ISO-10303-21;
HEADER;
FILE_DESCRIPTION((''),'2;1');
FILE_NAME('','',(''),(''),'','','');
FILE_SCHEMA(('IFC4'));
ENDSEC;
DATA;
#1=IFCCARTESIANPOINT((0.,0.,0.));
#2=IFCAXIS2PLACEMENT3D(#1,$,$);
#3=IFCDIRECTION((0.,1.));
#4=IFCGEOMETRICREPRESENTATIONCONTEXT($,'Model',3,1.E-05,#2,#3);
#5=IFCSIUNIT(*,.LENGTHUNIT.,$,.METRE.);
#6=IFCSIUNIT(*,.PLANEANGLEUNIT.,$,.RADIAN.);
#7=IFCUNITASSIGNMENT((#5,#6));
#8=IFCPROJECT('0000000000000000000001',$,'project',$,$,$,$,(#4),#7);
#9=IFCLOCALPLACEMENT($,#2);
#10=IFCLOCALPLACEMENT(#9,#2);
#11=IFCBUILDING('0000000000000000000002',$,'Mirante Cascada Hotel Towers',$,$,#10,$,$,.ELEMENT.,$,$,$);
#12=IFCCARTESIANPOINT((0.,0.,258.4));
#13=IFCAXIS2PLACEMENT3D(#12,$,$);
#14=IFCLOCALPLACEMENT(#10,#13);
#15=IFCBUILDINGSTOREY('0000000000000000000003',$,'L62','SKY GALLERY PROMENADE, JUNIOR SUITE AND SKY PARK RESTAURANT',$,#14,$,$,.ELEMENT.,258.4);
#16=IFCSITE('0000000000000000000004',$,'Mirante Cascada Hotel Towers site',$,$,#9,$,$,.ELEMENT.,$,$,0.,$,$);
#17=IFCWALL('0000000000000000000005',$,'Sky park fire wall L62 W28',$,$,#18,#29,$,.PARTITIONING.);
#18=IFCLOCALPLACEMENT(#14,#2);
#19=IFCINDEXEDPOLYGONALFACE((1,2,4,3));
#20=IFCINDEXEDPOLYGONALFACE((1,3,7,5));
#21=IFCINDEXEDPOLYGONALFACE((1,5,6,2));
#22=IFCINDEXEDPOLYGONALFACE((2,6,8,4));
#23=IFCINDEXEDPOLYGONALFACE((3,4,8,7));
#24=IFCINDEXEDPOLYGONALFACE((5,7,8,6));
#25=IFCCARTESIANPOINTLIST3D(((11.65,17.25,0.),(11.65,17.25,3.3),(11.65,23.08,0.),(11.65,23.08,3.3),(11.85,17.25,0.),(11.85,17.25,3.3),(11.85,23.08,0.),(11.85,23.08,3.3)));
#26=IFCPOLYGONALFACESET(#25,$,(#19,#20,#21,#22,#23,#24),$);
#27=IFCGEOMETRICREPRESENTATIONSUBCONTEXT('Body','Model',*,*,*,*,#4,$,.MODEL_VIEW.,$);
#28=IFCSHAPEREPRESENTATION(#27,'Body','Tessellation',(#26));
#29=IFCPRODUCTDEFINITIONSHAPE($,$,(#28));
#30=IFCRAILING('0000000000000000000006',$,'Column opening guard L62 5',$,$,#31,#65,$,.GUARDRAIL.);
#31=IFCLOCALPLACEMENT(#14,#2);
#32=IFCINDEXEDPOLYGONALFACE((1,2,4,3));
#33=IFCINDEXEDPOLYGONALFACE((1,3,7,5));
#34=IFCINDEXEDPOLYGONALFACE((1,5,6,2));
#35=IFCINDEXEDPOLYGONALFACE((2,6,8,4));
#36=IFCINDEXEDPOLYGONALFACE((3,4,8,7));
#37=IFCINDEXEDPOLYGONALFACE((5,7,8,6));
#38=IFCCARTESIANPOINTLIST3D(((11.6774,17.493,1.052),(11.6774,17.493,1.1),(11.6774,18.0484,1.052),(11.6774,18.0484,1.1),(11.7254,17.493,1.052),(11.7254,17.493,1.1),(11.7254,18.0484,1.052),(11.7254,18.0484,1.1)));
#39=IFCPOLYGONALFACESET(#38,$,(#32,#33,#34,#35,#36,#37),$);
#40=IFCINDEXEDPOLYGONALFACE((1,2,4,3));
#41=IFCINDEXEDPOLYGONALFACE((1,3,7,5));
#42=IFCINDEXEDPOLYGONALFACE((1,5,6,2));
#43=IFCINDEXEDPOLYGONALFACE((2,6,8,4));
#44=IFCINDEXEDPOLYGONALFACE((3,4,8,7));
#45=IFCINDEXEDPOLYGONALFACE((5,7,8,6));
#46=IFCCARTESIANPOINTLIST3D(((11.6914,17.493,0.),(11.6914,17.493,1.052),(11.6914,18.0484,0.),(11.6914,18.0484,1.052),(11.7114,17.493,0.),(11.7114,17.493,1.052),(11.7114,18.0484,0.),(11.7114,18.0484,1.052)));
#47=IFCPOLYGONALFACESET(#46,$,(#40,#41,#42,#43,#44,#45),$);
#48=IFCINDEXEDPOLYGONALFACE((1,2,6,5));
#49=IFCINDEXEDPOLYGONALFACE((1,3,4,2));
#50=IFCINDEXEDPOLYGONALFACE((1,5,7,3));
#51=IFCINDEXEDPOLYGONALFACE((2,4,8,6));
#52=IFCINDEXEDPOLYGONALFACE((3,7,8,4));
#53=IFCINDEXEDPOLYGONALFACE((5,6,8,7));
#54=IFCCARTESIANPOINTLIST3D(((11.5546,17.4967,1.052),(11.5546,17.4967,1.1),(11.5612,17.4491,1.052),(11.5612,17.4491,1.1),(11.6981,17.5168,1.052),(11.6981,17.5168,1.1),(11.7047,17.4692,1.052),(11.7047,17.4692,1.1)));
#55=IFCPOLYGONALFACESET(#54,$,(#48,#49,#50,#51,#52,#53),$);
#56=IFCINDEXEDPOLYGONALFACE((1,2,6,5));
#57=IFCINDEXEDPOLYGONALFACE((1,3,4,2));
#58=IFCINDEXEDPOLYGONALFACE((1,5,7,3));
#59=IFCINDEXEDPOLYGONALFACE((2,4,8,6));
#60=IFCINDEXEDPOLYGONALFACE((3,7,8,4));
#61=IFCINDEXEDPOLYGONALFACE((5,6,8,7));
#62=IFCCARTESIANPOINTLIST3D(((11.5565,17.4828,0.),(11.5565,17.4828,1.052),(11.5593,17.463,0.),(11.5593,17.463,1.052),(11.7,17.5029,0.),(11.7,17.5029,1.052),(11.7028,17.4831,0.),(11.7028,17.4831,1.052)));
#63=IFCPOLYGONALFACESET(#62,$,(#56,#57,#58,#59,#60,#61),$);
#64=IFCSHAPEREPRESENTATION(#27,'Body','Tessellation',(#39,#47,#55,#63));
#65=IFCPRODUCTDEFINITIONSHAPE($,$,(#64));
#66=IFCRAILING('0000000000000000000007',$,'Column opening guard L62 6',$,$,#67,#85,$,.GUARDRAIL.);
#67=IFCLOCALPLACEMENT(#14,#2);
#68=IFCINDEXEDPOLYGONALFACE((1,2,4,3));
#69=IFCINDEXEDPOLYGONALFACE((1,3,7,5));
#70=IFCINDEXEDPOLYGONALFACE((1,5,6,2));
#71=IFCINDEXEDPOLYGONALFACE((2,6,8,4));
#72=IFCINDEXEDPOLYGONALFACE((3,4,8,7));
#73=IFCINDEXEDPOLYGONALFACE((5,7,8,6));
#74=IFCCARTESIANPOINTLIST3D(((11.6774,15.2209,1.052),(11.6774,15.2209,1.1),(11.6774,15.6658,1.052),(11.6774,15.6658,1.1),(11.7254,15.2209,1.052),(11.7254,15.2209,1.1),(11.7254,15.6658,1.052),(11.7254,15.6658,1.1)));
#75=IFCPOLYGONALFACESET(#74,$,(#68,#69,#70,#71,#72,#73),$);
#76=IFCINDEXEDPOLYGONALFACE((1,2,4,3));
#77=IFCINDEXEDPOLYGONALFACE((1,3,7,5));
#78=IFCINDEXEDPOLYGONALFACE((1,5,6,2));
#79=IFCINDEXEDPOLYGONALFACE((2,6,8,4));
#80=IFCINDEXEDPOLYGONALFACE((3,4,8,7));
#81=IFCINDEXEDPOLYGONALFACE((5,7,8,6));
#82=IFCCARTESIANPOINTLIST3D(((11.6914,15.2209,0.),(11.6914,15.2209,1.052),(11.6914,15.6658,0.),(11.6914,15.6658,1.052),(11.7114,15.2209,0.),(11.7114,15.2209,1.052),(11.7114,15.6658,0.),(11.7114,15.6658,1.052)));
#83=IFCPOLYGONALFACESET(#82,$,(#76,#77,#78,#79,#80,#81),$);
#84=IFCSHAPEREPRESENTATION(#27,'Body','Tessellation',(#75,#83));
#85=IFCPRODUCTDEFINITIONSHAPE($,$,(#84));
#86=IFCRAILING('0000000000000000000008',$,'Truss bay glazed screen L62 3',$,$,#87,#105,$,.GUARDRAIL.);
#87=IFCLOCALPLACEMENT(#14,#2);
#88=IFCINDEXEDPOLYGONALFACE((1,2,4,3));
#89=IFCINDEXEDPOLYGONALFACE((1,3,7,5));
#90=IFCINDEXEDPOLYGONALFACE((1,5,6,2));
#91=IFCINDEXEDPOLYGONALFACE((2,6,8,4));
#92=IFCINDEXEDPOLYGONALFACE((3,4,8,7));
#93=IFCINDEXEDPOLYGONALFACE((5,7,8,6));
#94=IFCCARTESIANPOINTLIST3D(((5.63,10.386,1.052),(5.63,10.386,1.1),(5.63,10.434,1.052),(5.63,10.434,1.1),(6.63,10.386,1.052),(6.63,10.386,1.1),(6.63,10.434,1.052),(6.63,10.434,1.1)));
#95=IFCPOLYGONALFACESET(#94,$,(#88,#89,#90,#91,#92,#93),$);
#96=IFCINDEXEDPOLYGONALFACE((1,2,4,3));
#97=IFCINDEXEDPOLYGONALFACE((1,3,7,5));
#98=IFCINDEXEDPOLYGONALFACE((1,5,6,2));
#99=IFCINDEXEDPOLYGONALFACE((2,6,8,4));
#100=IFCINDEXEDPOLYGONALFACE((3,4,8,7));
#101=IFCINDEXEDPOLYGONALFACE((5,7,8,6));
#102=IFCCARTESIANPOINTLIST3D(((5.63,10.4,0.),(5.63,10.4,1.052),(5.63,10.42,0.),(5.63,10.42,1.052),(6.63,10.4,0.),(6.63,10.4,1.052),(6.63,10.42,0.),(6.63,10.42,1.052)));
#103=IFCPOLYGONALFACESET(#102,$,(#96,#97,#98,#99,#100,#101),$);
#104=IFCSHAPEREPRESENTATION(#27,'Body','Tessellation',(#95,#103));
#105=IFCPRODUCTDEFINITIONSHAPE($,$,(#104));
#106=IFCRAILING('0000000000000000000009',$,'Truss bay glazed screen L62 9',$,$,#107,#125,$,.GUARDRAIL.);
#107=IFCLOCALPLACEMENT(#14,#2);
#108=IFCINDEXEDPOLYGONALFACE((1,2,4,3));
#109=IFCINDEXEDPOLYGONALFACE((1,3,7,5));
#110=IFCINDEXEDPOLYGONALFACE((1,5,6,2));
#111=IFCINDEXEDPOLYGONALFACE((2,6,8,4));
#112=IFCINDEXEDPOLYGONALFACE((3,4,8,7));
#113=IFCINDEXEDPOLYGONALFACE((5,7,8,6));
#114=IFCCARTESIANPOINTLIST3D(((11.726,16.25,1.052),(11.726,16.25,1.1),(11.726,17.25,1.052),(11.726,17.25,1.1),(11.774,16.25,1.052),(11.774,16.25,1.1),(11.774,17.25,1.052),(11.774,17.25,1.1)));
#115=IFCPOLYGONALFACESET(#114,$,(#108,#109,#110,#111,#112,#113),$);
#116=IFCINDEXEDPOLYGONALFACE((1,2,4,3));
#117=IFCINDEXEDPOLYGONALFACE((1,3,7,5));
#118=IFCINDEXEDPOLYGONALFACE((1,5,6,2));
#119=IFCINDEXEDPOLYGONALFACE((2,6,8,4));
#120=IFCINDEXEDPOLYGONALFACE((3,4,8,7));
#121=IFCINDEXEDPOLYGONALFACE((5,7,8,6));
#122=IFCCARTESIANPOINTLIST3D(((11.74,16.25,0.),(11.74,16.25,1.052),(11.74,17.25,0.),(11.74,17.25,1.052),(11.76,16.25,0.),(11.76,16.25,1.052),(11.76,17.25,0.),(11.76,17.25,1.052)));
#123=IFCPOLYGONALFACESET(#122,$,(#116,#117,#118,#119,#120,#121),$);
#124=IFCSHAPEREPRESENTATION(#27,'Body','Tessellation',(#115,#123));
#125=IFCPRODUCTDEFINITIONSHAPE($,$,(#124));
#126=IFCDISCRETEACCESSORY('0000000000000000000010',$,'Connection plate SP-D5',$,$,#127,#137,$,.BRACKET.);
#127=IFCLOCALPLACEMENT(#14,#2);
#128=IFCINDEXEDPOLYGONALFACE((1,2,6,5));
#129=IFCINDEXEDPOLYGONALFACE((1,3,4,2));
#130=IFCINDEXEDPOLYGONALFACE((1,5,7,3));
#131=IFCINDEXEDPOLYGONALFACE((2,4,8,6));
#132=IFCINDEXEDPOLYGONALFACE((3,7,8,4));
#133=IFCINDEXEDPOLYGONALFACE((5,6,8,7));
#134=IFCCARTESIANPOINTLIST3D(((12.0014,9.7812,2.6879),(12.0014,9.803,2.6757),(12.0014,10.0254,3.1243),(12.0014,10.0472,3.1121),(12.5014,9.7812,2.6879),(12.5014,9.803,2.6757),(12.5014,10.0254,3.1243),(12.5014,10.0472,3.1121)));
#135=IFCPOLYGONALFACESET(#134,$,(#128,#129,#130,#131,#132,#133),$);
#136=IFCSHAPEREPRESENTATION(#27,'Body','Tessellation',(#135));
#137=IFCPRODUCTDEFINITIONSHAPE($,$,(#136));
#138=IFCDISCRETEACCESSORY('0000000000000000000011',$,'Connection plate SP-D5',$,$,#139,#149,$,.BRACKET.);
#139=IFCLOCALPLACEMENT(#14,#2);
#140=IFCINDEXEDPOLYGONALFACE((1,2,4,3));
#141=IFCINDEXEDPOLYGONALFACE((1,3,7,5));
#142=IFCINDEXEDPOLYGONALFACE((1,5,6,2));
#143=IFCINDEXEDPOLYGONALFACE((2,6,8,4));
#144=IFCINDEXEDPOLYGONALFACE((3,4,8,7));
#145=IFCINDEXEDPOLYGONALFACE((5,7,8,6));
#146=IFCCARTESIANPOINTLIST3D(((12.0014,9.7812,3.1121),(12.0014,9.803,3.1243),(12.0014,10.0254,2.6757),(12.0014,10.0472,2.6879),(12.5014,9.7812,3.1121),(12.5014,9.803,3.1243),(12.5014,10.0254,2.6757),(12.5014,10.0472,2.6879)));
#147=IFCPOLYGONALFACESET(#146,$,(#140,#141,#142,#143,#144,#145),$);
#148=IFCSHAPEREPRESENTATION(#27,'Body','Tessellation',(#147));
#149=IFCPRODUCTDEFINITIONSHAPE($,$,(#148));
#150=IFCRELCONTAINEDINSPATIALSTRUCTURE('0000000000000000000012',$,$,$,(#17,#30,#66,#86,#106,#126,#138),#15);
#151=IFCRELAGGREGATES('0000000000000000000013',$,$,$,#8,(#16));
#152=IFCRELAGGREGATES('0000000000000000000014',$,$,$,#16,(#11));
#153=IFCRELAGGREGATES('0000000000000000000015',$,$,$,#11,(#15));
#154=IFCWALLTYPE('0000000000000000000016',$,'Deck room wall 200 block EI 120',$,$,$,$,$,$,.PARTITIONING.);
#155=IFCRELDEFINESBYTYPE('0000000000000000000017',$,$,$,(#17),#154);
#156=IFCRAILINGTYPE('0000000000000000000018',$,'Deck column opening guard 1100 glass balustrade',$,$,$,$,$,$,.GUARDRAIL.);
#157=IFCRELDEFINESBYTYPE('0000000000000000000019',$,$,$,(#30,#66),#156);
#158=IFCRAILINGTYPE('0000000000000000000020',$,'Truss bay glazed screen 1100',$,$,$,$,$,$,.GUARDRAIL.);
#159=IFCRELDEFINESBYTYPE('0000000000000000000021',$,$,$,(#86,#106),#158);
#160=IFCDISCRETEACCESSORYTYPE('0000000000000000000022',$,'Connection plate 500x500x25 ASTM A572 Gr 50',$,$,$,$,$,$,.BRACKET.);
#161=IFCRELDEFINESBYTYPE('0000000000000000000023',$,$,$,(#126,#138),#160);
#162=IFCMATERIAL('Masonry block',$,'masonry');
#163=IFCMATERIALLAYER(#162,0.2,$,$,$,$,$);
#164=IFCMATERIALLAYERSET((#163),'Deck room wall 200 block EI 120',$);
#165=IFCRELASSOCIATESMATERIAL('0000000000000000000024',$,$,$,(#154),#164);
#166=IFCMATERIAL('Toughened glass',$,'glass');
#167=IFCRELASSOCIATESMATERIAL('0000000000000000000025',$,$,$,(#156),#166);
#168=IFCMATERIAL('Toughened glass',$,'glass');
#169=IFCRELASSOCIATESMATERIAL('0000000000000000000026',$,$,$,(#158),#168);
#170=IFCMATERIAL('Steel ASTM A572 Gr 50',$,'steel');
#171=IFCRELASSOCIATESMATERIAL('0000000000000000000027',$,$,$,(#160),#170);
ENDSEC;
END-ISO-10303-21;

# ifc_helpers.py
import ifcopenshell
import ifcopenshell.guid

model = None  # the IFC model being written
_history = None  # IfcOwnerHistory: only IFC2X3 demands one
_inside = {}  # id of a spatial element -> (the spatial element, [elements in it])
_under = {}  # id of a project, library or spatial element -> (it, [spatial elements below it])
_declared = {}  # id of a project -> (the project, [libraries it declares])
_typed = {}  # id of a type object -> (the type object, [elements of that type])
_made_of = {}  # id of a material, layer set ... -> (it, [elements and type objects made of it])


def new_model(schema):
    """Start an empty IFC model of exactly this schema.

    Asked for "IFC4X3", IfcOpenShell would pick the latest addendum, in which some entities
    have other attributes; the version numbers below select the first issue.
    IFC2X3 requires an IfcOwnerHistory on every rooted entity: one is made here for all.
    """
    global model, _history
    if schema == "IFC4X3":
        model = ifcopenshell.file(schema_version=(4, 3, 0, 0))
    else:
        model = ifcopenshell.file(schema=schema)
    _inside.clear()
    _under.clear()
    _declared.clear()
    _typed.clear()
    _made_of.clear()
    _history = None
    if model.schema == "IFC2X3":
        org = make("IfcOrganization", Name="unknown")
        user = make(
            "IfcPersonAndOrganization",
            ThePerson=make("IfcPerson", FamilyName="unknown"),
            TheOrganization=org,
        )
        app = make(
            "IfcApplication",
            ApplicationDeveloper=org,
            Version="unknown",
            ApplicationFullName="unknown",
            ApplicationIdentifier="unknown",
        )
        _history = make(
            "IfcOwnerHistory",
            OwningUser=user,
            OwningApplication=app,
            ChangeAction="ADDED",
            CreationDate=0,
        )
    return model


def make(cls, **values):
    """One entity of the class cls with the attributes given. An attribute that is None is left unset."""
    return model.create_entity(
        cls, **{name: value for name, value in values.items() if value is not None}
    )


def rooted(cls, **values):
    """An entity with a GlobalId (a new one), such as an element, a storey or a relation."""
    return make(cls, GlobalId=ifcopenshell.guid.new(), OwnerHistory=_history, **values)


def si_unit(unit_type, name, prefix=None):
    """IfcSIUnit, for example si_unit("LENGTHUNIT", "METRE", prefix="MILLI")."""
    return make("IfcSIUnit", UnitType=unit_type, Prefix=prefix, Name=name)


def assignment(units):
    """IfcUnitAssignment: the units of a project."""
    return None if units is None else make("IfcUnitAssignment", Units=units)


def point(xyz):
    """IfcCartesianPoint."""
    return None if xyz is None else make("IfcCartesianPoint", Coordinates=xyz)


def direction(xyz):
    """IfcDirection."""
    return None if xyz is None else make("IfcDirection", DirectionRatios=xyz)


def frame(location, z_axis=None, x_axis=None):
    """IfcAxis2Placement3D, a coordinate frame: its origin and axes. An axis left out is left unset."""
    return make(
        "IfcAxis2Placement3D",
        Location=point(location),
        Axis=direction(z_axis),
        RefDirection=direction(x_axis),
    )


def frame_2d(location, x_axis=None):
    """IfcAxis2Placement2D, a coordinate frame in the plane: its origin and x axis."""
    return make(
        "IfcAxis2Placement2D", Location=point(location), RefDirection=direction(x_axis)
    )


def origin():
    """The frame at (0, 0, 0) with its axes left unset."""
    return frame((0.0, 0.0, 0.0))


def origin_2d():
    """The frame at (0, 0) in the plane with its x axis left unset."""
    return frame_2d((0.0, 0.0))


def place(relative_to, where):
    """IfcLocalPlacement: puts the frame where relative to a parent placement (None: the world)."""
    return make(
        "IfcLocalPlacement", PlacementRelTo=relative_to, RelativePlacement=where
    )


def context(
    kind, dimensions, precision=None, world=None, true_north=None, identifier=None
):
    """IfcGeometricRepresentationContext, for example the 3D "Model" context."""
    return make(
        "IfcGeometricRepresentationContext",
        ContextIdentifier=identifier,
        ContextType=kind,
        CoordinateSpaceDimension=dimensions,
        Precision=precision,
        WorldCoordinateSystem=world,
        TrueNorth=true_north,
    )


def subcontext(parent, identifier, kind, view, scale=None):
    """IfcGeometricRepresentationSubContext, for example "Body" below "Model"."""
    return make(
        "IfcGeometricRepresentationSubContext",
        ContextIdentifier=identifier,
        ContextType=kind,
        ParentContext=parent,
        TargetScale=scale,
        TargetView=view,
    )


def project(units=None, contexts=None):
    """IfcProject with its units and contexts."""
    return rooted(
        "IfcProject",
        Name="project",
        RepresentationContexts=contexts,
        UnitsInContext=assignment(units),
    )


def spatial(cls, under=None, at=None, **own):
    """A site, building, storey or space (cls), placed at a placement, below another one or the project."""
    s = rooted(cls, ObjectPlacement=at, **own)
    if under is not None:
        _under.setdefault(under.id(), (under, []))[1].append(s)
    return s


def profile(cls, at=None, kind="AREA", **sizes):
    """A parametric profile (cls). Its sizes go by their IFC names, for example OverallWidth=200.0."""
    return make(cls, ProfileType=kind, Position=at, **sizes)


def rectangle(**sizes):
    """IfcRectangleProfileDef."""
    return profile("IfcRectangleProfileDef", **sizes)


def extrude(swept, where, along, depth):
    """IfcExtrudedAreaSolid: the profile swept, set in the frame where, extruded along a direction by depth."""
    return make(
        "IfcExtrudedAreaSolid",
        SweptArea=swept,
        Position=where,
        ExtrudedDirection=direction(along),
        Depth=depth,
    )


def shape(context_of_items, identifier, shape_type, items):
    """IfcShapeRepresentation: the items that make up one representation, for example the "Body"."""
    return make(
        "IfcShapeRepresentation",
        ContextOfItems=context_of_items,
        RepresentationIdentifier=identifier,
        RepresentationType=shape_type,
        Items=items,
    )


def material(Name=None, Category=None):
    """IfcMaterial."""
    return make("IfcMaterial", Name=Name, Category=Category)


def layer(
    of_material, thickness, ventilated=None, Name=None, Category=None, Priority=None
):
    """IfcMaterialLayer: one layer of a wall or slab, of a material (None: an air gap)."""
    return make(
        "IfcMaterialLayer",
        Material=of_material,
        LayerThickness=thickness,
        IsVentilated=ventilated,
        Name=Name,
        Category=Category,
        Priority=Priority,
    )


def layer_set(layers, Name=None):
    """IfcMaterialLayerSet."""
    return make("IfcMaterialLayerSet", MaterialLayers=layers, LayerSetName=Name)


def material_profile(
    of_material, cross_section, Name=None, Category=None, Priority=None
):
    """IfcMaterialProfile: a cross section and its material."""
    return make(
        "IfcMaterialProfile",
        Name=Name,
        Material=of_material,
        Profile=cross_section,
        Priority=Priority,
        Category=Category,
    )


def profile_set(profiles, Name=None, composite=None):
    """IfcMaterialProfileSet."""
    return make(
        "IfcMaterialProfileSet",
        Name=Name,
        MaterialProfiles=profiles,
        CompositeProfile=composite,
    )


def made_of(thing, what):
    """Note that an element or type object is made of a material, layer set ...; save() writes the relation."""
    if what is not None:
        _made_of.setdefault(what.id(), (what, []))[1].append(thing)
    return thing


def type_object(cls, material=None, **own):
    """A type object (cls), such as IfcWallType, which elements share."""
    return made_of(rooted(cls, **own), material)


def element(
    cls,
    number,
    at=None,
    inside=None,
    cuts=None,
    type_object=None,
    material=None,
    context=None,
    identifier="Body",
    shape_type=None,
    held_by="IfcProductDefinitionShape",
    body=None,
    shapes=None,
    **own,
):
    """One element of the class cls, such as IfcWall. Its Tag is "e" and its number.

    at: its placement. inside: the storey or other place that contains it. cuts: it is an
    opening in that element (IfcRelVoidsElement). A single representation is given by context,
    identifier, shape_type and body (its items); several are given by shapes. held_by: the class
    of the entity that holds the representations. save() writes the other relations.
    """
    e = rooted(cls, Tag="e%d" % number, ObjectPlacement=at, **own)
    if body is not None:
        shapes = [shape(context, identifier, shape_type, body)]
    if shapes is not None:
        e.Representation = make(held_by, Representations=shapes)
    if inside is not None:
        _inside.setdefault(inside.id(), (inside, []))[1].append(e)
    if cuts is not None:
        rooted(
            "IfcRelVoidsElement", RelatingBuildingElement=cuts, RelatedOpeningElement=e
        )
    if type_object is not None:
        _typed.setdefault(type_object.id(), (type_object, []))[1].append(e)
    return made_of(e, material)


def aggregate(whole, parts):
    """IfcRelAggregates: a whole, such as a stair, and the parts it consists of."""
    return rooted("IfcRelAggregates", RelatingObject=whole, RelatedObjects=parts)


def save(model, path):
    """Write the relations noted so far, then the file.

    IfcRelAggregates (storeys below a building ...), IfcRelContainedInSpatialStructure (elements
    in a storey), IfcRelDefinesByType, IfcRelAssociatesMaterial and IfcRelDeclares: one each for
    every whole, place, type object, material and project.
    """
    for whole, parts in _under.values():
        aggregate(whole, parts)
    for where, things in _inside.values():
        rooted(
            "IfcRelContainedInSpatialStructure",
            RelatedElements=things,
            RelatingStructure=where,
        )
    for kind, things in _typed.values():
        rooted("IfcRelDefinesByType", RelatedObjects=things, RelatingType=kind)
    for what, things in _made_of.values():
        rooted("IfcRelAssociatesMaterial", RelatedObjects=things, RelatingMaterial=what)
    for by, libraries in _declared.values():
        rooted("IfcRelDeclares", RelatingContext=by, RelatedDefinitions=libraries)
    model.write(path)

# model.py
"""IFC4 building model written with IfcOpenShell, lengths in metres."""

from ifc_helpers import new_model, si_unit, direction, frame, frame_2d, origin, origin_2d, place, context, subcontext, project, spatial, rectangle, extrude, material, layer, layer_set, material_profile, profile_set, type_object, element, save


model = new_model("IFC4")

# Units and contexts
model_context = context("Model", 3, precision=1e-05, world=origin(), true_north=direction((0.0, 1.0)))
body_context = subcontext(model_context, "Body", "Model", "MODEL_VIEW")
ifc_project = project(units=[si_unit("LENGTHUNIT", "METRE"), si_unit("PLANEANGLEUNIT", "RADIAN")], contexts=[model_context])

# Site, building, storey
site_placement = place(None, origin())
site = spatial("IfcSite", under=ifc_project, at=site_placement, Name="Mirante Cascada Hotel Towers site", CompositionType="ELEMENT", RefElevation=0.0)
building_placement = place(site_placement, origin())
building = spatial("IfcBuilding", under=site, at=building_placement, Name="Mirante Cascada Hotel Towers", CompositionType="ELEMENT")
storey_placement = place(building_placement, frame((0.0, 0.0, 258.4)))
storey = spatial("IfcBuildingStorey", under=building, at=storey_placement, Name="L62", Description="SKY GALLERY PROMENADE, JUNIOR SUITE AND SKY PARK RESTAURANT", CompositionType="ELEMENT", Elevation=258.4)

# Shared definitions
ifc_material_1 = material(Name="Masonry block", Category="masonry")
ifc_layer = layer(ifc_material_1, 0.2)
ifc_layer_set = layer_set([ifc_layer], Name="Deck room wall 200 block EI 120")
wall_type = type_object("IfcWallType", Name="Deck room wall 200 block EI 120", PredefinedType="PARTITIONING", material=ifc_layer_set)

# Wall
wall_1_placement = place(storey_placement, frame((11.75, 17.25, 0.0), z_axis=(0.0, 0.0, 1.0), x_axis=(0.0, 1.0, 0.0)))
element("IfcWall", 1, at=wall_1_placement, inside=storey, type_object=wall_type, Name="Sky park fire wall L62 W28", PredefinedType="PARTITIONING", context=body_context, shape_type="SweptSolid", body=[
    extrude(rectangle(XDim=5.83, YDim=0.2, at=frame_2d((2.915, 0.0))), origin(), (0.0, 0.0, 1.0), 3.3),
])

# Railings
ifc_material_2 = material(Name="Toughened glass", Category="glass")
railing_type_1 = type_object("IfcRailingType", Name="Deck column opening guard 1100 glass balustrade", PredefinedType="GUARDRAIL", material=ifc_material_2)
railing_1_placement = place(storey_placement, frame((11.7014, 18.0484, 0.0)))
element("IfcRailing", 2, at=railing_1_placement, inside=storey, type_object=railing_type_1, Name="Column opening guard L62 5", PredefinedType="GUARDRAIL", context=body_context, shape_type="SweptSolid", body=[
    extrude(rectangle(XDim=0.048, YDim=0.048, at=origin_2d()), frame((0.0, 0.0, 1.076), z_axis=(0.0, -1.0, 0.0), x_axis=(1.0, 0.0, 0.0)), (0.0, 0.0, 1.0), 0.5554),
    extrude(rectangle(XDim=0.02, YDim=1.052, at=origin_2d()), frame((0.0, 0.0, 0.526), z_axis=(0.0, -1.0, 0.0), x_axis=(1.0, 0.0, 0.0)), (0.0, 0.0, 1.0), 0.5554),
    extrude(rectangle(XDim=0.048, YDim=0.048, at=origin_2d()), frame((0.0, -0.5554, 1.076), z_axis=(-0.990332, -0.138715, 0.0), x_axis=(0.138715, -0.990332, 0.0)), (0.0, 0.0, 1.0), 0.1449),
    extrude(rectangle(XDim=0.02, YDim=1.052, at=origin_2d()), frame((0.0, -0.5554, 0.526), z_axis=(-0.990332, -0.138715, 0.0), x_axis=(0.138715, -0.990332, 0.0)), (0.0, 0.0, 1.0), 0.1449),
])
railing_2_placement = place(storey_placement, frame((11.7014, 15.6658, 0.0)))
element("IfcRailing", 3, at=railing_2_placement, inside=storey, type_object=railing_type_1, Name="Column opening guard L62 6", PredefinedType="GUARDRAIL", context=body_context, shape_type="SweptSolid", body=[
    extrude(rectangle(XDim=0.048, YDim=0.048, at=origin_2d()), frame((0.0, 0.0, 1.076), z_axis=(0.0, -1.0, 0.0), x_axis=(1.0, 0.0, 0.0)), (0.0, 0.0, 1.0), 0.4449),
    extrude(rectangle(XDim=0.02, YDim=1.052, at=origin_2d()), frame((0.0, 0.0, 0.526), z_axis=(0.0, -1.0, 0.0), x_axis=(1.0, 0.0, 0.0)), (0.0, 0.0, 1.0), 0.4449),
])
ifc_material_3 = material(Name="Toughened glass", Category="glass")
railing_type_2 = type_object("IfcRailingType", Name="Truss bay glazed screen 1100", PredefinedType="GUARDRAIL", material=ifc_material_3)
railing_3_placement = place(storey_placement, frame((5.63, 10.41, 0.0)))
element("IfcRailing", 4, at=railing_3_placement, inside=storey, type_object=railing_type_2, Name="Truss bay glazed screen L62 3", PredefinedType="GUARDRAIL", context=body_context, shape_type="SweptSolid", body=[
    extrude(rectangle(XDim=0.048, YDim=0.048, at=origin_2d()), frame((0.0, 0.0, 1.076), z_axis=(1.0, 0.0, 0.0), x_axis=(0.0, 1.0, 0.0)), (0.0, 0.0, 1.0), 1.0),
    extrude(rectangle(XDim=0.02, YDim=1.052, at=origin_2d()), frame((0.0, 0.0, 0.526), z_axis=(1.0, 0.0, 0.0), x_axis=(0.0, 1.0, 0.0)), (0.0, 0.0, 1.0), 1.0),
])
railing_4_placement = place(storey_placement, frame((11.75, 16.25, 0.0)))
element("IfcRailing", 5, at=railing_4_placement, inside=storey, type_object=railing_type_2, Name="Truss bay glazed screen L62 9", PredefinedType="GUARDRAIL", context=body_context, shape_type="SweptSolid", body=[
    extrude(rectangle(XDim=0.048, YDim=0.048, at=origin_2d()), frame((0.0, 0.0, 1.076), z_axis=(0.0, 1.0, 0.0), x_axis=(-1.0, 0.0, 0.0)), (0.0, 0.0, 1.0), 1.0),
    extrude(rectangle(XDim=0.02, YDim=1.052, at=origin_2d()), frame((0.0, 0.0, 0.526), z_axis=(0.0, 1.0, 0.0), x_axis=(-1.0, 0.0, 0.0)), (0.0, 0.0, 1.0), 1.0),
])

# Discrete accessories
ifc_material_4 = material(Name="Steel ASTM A572 Gr 50", Category="steel")
ifc_material_profile_1 = material_profile(ifc_material_4, rectangle(XDim=0.5, YDim=0.5, at=origin_2d()), Name="Connection plate 500x500x25 ASTM A572 Gr 50")
ifc_profile_set_1 = profile_set([ifc_material_profile_1], Name="Steel ASTM A572 Gr 50")
discrete_accessory_type = type_object("IfcDiscreteAccessoryType", Name="Connection plate 500x500x25 ASTM A572 Gr 50", PredefinedType="BRACKET", material=ifc_profile_set_1)
for number, where, z_axis, x_axis, name in (
    (6, (12.2514, 9.9251, 2.8939), (0.0, -0.872642, 0.48836), (1.0, 0.0, 0.0), "Connection plate SP-D5"),
    (7, (12.2514, 9.9033, 2.8939), (0.0, 0.872642, 0.48836), (-1.0, 0.0, 0.0), "Connection plate SP-D5"),
):
    element("IfcDiscreteAccessory", number, at=place(storey_placement, frame(where, z_axis=z_axis, x_axis=x_axis)), inside=storey, type_object=discrete_accessory_type, Name=name, PredefinedType="BRACKET", context=body_context, shape_type="SweptSolid", body=[
        extrude(rectangle(XDim=0.5, YDim=0.5, at=origin_2d()), origin(), (0.0, 0.0, 1.0), 0.025),
    ])

save(model, "model.ifc")
